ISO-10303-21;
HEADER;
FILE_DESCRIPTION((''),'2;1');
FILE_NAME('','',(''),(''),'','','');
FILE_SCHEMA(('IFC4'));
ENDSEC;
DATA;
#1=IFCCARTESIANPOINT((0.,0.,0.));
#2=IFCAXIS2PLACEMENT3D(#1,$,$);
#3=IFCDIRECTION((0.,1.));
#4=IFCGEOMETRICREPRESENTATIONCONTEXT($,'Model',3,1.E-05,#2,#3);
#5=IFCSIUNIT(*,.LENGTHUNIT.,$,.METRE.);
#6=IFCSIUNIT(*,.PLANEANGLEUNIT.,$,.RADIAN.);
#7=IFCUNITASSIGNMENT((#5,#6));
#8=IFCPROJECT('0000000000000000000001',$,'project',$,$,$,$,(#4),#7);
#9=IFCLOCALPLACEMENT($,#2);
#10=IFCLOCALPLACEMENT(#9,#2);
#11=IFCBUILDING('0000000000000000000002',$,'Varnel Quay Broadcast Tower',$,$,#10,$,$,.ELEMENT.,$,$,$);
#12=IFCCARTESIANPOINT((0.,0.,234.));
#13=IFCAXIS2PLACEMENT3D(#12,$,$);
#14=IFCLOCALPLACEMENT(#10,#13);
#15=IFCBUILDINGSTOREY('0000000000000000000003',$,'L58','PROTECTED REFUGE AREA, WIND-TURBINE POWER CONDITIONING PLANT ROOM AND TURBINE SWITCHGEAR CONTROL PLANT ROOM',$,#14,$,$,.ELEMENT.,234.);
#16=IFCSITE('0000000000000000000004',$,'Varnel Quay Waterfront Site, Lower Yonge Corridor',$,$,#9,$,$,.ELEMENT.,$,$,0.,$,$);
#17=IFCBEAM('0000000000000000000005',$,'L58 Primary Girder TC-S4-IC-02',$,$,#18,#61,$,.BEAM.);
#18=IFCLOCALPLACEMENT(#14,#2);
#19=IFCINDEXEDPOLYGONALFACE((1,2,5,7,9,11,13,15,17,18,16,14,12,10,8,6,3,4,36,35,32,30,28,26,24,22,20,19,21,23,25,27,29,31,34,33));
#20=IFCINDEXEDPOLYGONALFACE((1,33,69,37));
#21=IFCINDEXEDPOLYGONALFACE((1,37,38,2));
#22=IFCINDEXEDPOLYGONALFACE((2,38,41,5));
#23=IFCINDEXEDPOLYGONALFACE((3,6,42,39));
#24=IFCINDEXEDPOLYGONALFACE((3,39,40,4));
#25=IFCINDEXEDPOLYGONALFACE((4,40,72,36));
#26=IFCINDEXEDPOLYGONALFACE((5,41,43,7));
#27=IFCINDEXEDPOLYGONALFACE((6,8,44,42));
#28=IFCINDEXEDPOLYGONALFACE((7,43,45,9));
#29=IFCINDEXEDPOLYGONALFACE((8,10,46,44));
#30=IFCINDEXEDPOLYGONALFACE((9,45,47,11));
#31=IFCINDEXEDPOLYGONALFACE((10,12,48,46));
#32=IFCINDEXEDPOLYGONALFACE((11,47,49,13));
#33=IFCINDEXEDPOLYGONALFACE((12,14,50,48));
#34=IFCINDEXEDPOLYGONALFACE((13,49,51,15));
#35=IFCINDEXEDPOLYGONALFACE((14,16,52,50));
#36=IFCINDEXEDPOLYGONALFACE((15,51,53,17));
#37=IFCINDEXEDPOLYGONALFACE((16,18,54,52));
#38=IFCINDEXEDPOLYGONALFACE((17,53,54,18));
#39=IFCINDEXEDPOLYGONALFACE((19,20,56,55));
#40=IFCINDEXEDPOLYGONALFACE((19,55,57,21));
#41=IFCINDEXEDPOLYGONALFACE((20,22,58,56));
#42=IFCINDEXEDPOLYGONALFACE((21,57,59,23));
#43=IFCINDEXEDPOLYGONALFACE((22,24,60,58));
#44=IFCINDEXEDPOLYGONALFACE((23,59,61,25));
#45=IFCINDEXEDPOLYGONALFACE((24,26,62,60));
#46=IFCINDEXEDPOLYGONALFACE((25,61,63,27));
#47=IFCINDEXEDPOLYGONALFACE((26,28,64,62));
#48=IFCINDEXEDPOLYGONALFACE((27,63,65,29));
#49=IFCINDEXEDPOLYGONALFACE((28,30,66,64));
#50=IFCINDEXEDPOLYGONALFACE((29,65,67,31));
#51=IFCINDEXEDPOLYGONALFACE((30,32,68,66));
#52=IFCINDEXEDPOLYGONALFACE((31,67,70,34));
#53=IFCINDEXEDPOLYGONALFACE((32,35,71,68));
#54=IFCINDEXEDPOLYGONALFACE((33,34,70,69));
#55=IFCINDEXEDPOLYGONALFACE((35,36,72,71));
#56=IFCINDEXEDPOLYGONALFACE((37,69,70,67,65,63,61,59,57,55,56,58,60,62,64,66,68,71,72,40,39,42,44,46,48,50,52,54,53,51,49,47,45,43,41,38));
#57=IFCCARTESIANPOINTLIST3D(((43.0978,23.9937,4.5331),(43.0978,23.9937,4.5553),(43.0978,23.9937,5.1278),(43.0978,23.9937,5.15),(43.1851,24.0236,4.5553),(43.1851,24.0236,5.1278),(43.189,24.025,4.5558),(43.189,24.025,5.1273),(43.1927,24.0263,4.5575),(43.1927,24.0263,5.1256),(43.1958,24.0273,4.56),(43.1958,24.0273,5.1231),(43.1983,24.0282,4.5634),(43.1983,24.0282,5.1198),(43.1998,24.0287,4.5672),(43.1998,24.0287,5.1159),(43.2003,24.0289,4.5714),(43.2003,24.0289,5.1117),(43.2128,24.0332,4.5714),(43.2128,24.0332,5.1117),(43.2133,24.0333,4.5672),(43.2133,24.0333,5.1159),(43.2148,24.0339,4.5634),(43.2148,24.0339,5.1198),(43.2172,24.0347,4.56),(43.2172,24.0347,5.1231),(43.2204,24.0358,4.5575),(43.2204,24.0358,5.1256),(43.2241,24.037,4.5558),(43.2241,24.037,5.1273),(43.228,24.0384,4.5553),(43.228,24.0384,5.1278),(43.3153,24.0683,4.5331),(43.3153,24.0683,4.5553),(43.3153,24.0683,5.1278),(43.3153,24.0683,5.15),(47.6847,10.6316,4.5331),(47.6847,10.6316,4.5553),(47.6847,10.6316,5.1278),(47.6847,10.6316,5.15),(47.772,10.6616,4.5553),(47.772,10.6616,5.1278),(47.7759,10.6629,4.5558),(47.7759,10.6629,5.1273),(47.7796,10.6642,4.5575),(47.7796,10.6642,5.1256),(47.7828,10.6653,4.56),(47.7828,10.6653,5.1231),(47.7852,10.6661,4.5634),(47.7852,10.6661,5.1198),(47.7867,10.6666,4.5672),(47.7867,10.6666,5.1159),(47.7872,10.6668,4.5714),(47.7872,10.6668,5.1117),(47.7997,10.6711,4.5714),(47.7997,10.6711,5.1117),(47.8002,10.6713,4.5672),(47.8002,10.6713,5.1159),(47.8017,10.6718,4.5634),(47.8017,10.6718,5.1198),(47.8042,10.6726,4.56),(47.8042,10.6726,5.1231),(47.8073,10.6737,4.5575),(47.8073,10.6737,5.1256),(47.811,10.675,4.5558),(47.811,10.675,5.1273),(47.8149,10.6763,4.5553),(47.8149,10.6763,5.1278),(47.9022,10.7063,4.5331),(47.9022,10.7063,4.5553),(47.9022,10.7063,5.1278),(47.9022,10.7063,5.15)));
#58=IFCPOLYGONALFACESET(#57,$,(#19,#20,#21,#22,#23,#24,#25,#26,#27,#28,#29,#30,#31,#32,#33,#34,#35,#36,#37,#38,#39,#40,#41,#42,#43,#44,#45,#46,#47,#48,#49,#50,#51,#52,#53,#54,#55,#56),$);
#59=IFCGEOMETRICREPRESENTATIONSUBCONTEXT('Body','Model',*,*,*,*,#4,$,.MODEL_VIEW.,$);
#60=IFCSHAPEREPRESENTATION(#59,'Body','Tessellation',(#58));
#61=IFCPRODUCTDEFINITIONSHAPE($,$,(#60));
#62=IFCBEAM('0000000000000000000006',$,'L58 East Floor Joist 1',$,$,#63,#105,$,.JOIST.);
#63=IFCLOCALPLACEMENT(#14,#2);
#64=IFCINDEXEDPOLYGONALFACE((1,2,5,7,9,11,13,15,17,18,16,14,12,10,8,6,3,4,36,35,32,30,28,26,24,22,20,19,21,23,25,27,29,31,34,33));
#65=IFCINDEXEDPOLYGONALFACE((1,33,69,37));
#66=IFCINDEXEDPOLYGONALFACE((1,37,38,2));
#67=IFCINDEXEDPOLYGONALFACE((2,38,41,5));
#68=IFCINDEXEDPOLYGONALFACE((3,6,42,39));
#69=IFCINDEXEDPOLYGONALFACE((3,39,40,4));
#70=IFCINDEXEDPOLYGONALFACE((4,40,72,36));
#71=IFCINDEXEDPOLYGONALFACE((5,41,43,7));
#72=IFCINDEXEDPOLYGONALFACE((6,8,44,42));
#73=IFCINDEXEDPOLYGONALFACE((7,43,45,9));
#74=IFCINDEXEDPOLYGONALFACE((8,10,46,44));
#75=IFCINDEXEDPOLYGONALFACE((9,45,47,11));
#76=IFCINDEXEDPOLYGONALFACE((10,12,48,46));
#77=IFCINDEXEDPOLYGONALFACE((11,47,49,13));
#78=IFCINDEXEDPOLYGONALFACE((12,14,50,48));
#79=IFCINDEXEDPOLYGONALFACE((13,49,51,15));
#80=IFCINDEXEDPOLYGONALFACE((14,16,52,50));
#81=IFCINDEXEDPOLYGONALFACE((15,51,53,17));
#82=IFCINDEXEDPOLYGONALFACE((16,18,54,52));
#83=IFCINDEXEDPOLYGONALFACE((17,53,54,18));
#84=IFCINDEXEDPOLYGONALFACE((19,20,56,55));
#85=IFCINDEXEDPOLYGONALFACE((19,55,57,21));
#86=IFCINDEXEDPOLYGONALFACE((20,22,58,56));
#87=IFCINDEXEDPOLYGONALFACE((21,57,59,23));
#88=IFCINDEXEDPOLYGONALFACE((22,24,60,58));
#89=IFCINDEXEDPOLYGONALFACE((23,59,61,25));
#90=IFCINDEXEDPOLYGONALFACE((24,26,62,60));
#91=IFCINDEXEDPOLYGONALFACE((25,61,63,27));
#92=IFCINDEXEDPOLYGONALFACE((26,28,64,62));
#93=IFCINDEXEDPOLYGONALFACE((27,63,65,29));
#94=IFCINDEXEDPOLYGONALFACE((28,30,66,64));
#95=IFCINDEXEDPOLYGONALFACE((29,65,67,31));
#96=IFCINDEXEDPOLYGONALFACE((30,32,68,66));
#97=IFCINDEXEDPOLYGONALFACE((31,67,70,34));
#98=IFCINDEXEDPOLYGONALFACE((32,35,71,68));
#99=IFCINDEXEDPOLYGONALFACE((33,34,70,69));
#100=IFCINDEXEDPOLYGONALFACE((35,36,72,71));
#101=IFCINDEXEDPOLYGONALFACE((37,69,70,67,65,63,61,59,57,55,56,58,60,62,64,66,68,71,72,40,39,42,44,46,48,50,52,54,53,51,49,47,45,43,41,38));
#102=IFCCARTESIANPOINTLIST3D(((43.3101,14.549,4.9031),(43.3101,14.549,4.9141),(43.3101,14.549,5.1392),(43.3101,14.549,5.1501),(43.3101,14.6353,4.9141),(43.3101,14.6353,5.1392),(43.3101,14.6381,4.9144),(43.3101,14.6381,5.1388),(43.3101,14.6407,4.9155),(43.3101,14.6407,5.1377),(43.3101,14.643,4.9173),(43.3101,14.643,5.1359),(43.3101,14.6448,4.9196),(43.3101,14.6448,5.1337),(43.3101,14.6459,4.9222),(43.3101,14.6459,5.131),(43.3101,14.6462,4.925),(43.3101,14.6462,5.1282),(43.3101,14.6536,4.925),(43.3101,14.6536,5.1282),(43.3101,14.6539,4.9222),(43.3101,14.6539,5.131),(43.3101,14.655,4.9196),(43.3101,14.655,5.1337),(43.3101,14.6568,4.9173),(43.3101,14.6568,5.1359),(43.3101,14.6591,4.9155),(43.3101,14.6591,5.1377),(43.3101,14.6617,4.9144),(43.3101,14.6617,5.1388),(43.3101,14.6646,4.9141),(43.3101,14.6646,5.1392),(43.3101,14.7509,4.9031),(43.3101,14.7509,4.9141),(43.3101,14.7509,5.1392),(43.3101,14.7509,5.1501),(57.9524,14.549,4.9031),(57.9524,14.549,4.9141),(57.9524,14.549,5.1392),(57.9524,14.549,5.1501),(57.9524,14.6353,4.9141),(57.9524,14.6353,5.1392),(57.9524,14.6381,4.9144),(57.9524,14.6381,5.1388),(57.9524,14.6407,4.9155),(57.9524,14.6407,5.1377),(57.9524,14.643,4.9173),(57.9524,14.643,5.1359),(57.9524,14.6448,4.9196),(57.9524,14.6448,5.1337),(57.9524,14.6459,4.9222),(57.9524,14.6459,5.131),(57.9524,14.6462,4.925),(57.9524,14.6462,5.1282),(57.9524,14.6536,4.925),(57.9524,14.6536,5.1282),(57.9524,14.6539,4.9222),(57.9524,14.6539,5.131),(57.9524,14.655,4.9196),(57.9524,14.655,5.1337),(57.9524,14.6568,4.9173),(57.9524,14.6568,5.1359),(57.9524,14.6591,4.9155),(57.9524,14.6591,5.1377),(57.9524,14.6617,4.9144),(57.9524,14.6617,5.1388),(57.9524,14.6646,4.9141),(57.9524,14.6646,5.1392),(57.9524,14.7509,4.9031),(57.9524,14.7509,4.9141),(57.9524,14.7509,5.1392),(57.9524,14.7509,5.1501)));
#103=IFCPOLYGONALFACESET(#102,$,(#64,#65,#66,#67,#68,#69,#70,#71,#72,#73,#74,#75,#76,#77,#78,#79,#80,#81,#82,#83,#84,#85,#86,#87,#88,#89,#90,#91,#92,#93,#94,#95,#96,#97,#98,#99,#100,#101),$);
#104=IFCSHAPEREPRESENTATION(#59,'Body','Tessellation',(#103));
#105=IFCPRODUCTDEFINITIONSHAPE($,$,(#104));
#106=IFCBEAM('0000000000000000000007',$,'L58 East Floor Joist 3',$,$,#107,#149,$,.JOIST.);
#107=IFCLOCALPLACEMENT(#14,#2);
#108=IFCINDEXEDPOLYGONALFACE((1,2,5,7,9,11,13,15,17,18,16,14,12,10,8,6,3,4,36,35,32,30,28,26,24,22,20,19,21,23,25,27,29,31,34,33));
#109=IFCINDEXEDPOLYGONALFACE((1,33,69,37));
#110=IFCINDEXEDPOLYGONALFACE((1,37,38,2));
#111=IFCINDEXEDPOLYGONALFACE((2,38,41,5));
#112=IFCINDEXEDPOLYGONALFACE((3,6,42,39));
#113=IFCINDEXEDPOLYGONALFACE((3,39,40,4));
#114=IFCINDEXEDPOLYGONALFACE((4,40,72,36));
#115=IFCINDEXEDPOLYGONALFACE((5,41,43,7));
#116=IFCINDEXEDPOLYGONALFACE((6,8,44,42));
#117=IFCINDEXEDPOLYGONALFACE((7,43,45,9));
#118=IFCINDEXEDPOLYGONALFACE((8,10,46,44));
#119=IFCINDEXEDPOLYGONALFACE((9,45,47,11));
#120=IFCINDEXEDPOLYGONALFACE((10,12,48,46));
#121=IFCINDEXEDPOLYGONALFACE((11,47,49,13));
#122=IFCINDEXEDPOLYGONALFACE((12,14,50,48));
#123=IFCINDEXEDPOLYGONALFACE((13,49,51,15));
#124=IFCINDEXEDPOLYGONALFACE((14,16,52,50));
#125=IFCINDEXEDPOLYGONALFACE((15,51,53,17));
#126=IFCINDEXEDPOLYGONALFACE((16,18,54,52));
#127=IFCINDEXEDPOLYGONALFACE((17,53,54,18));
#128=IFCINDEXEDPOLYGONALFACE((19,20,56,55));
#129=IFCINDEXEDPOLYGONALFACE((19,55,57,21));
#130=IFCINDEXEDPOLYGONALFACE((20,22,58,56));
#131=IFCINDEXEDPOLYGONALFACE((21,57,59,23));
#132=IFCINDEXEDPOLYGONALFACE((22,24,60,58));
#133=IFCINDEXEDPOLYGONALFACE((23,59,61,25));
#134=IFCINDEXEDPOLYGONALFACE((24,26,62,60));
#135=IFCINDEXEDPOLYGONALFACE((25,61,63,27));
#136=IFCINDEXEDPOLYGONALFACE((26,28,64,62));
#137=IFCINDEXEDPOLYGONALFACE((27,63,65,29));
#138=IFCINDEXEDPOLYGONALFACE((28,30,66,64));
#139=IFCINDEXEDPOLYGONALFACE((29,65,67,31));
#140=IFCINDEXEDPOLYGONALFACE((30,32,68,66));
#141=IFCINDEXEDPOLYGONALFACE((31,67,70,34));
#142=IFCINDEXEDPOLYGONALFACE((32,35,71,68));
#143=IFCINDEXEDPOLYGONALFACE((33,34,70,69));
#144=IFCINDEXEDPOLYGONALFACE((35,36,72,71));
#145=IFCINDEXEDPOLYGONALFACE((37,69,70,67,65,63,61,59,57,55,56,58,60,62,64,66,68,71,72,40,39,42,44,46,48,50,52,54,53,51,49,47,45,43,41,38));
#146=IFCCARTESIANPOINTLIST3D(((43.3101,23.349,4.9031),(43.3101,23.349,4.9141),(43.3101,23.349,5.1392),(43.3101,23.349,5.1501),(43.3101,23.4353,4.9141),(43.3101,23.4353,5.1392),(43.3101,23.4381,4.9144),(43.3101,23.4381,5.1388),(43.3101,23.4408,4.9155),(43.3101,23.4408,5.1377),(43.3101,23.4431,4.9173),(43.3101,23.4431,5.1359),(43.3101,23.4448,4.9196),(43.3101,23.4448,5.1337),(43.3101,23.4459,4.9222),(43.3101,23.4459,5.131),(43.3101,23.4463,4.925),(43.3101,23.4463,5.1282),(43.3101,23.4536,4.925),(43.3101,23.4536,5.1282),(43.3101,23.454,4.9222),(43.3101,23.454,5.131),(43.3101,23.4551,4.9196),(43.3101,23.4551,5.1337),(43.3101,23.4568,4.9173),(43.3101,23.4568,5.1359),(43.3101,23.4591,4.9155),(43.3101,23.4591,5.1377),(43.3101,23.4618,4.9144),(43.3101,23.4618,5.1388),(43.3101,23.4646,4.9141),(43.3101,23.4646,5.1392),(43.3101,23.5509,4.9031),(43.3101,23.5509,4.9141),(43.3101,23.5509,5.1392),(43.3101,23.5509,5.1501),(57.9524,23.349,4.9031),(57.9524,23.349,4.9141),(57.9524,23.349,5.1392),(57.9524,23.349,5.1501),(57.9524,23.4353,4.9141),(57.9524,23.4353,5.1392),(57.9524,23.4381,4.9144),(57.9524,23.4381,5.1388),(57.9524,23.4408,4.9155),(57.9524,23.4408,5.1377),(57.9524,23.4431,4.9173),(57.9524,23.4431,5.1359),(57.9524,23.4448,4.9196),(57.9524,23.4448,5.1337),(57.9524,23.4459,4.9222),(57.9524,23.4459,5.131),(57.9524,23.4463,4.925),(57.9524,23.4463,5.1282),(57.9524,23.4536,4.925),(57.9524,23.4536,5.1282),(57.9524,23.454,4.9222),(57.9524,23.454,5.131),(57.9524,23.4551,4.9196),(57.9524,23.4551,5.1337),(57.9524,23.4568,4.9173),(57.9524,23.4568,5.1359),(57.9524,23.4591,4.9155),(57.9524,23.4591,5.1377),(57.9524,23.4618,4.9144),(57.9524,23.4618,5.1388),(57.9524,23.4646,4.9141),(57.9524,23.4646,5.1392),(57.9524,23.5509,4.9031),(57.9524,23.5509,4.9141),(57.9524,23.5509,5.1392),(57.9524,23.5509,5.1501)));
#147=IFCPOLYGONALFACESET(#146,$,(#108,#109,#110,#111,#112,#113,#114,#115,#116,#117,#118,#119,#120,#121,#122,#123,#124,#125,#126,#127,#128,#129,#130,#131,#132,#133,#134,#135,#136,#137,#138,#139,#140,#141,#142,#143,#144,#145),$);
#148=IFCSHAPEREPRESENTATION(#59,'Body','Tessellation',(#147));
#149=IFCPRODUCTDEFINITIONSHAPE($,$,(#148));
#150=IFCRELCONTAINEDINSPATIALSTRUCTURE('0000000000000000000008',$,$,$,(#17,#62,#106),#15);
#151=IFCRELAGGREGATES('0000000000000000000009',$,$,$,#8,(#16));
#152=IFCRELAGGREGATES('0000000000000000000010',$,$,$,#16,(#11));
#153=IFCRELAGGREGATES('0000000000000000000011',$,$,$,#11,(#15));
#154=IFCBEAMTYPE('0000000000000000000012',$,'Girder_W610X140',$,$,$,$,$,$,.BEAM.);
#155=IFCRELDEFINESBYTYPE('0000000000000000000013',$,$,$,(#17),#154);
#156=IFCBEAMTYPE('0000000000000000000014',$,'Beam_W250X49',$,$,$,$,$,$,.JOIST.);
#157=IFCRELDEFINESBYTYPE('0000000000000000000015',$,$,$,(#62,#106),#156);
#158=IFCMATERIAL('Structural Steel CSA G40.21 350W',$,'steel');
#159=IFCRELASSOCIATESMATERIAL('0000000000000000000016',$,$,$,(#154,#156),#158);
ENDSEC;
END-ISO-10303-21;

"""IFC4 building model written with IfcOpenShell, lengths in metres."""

from ifc_helpers import new_model, si_unit, direction, frame, origin, origin_2d, place, context, subcontext, project, spatial, i_section, extrude, source, transform, mapped, material, material_profile, profile_set, type_object, type_shapes, element, save


model = new_model("IFC4")

# Units and contexts
model_context = context("Model", 3, precision=1e-05, world=origin(), true_north=direction((0.0, 1.0)))
body_context = subcontext(model_context, "Body", "Model", "MODEL_VIEW")
ifc_project = project(units=[si_unit("LENGTHUNIT", "METRE"), si_unit("PLANEANGLEUNIT", "RADIAN")], contexts=[model_context])

# Site, building, storey
site_placement = place(None, origin())
site = spatial("IfcSite", under=ifc_project, at=site_placement, Name="Varnel Quay Waterfront Site, Lower Yonge Corridor", CompositionType="ELEMENT", RefElevation=0.0)
building_placement = place(site_placement, origin())
building = spatial("IfcBuilding", under=site, at=building_placement, Name="Varnel Quay Broadcast Tower", CompositionType="ELEMENT")
storey_placement = place(building_placement, frame((0.0, 0.0, 234.0)))
storey = spatial("IfcBuildingStorey", under=building, at=storey_placement, Name="L58", Description="PROTECTED REFUGE AREA, WIND-TURBINE POWER CONDITIONING PLANT ROOM AND TURBINE SWITCHGEAR CONTROL PLANT ROOM", CompositionType="ELEMENT", Elevation=234.0)

# Shared definitions
ifc_material_1 = material(Name="Structural Steel CSA G40.21 350W", Category="steel")

# Beams
ifc_material_profile_1 = material_profile(ifc_material_1, i_section(OverallWidth=0.23, OverallDepth=0.6169, WebThickness=0.0132, FlangeThickness=0.0222, FilletRadius=0.0161, at=origin_2d()), Name="W610X140")
ifc_profile_set_1 = profile_set([ifc_material_profile_1], Name="Structural Steel CSA G40.21 350W")
beam_type_1 = type_object("IfcBeamType", Name="Girder_W610X140", PredefinedType="BEAM", material=ifc_profile_set_1)
shared_shape_1 = source(origin(), body_context, "Body", "SweptSolid", [
    extrude(i_section(OverallWidth=0.23, OverallDepth=0.6169, WebThickness=0.0132, FlangeThickness=0.0222, FilletRadius=0.0161, at=origin_2d()), origin(), (0.0, 0.0, 1.0), 14.1274),
])
type_shapes(beam_type_1, [shared_shape_1])
beam_1_placement = place(storey_placement, frame((47.7935, 10.6689, 4.8416), z_axis=(-0.324681, 0.945823, 0.0), x_axis=(-0.945823, -0.324681, 0.0)))
element("IfcBeam", 1, at=beam_1_placement, inside=storey, type_object=beam_type_1, Name="L58 Primary Girder TC-S4-IC-02", PredefinedType="BEAM", context=body_context, shape_type="MappedRepresentation", body=[
    mapped(shared_shape_1, transform((0.0, 0.0, 0.0), x_axis=(1.0, 0.0, 0.0), y_axis=(0.0, 1.0, 0.0), z_axis=(0.0, 0.0, 1.0), scale=1.0)),
])
ifc_material_profile_2 = material_profile(ifc_material_1, i_section(OverallWidth=0.2019, OverallDepth=0.2471, WebThickness=0.0073, FlangeThickness=0.011, FilletRadius=0.011, at=origin_2d()), Name="W250X49")
ifc_profile_set_2 = profile_set([ifc_material_profile_2], Name="Structural Steel CSA G40.21 350W")
beam_type_2 = type_object("IfcBeamType", Name="Beam_W250X49", PredefinedType="JOIST", material=ifc_profile_set_2)
shared_shape_2 = source(origin(), body_context, "Body", "SweptSolid", [
    extrude(i_section(OverallWidth=0.2019, OverallDepth=0.2471, WebThickness=0.0073, FlangeThickness=0.011, FilletRadius=0.011, at=origin_2d()), origin(), (0.0, 0.0, 1.0), 14.6423),
])
type_shapes(beam_type_2, [shared_shape_2])
for number, where, z_axis, x_axis, name in (
    (2, (43.3101, 14.6499, 5.0266), (1.0, 0.0, 0.0), (0.0, 1.0, 0.0), "L58 East Floor Joist 1"),
    (3, (43.3101, 23.45, 5.0266), (1.0, 0.0, 0.0), (0.0, 1.0, 0.0), "L58 East Floor Joist 3"),
):
    element("IfcBeam", number, at=place(storey_placement, frame(where, z_axis=z_axis, x_axis=x_axis)), inside=storey, type_object=beam_type_2, Name=name, PredefinedType="JOIST", context=body_context, shape_type="MappedRepresentation", body=[
        mapped(shared_shape_2, transform((0.0, 0.0, 0.0), x_axis=(1.0, 0.0, 0.0), y_axis=(0.0, 1.0, 0.0), z_axis=(0.0, 0.0, 1.0), scale=1.0)),
    ])

save(model, "model.ifc")
